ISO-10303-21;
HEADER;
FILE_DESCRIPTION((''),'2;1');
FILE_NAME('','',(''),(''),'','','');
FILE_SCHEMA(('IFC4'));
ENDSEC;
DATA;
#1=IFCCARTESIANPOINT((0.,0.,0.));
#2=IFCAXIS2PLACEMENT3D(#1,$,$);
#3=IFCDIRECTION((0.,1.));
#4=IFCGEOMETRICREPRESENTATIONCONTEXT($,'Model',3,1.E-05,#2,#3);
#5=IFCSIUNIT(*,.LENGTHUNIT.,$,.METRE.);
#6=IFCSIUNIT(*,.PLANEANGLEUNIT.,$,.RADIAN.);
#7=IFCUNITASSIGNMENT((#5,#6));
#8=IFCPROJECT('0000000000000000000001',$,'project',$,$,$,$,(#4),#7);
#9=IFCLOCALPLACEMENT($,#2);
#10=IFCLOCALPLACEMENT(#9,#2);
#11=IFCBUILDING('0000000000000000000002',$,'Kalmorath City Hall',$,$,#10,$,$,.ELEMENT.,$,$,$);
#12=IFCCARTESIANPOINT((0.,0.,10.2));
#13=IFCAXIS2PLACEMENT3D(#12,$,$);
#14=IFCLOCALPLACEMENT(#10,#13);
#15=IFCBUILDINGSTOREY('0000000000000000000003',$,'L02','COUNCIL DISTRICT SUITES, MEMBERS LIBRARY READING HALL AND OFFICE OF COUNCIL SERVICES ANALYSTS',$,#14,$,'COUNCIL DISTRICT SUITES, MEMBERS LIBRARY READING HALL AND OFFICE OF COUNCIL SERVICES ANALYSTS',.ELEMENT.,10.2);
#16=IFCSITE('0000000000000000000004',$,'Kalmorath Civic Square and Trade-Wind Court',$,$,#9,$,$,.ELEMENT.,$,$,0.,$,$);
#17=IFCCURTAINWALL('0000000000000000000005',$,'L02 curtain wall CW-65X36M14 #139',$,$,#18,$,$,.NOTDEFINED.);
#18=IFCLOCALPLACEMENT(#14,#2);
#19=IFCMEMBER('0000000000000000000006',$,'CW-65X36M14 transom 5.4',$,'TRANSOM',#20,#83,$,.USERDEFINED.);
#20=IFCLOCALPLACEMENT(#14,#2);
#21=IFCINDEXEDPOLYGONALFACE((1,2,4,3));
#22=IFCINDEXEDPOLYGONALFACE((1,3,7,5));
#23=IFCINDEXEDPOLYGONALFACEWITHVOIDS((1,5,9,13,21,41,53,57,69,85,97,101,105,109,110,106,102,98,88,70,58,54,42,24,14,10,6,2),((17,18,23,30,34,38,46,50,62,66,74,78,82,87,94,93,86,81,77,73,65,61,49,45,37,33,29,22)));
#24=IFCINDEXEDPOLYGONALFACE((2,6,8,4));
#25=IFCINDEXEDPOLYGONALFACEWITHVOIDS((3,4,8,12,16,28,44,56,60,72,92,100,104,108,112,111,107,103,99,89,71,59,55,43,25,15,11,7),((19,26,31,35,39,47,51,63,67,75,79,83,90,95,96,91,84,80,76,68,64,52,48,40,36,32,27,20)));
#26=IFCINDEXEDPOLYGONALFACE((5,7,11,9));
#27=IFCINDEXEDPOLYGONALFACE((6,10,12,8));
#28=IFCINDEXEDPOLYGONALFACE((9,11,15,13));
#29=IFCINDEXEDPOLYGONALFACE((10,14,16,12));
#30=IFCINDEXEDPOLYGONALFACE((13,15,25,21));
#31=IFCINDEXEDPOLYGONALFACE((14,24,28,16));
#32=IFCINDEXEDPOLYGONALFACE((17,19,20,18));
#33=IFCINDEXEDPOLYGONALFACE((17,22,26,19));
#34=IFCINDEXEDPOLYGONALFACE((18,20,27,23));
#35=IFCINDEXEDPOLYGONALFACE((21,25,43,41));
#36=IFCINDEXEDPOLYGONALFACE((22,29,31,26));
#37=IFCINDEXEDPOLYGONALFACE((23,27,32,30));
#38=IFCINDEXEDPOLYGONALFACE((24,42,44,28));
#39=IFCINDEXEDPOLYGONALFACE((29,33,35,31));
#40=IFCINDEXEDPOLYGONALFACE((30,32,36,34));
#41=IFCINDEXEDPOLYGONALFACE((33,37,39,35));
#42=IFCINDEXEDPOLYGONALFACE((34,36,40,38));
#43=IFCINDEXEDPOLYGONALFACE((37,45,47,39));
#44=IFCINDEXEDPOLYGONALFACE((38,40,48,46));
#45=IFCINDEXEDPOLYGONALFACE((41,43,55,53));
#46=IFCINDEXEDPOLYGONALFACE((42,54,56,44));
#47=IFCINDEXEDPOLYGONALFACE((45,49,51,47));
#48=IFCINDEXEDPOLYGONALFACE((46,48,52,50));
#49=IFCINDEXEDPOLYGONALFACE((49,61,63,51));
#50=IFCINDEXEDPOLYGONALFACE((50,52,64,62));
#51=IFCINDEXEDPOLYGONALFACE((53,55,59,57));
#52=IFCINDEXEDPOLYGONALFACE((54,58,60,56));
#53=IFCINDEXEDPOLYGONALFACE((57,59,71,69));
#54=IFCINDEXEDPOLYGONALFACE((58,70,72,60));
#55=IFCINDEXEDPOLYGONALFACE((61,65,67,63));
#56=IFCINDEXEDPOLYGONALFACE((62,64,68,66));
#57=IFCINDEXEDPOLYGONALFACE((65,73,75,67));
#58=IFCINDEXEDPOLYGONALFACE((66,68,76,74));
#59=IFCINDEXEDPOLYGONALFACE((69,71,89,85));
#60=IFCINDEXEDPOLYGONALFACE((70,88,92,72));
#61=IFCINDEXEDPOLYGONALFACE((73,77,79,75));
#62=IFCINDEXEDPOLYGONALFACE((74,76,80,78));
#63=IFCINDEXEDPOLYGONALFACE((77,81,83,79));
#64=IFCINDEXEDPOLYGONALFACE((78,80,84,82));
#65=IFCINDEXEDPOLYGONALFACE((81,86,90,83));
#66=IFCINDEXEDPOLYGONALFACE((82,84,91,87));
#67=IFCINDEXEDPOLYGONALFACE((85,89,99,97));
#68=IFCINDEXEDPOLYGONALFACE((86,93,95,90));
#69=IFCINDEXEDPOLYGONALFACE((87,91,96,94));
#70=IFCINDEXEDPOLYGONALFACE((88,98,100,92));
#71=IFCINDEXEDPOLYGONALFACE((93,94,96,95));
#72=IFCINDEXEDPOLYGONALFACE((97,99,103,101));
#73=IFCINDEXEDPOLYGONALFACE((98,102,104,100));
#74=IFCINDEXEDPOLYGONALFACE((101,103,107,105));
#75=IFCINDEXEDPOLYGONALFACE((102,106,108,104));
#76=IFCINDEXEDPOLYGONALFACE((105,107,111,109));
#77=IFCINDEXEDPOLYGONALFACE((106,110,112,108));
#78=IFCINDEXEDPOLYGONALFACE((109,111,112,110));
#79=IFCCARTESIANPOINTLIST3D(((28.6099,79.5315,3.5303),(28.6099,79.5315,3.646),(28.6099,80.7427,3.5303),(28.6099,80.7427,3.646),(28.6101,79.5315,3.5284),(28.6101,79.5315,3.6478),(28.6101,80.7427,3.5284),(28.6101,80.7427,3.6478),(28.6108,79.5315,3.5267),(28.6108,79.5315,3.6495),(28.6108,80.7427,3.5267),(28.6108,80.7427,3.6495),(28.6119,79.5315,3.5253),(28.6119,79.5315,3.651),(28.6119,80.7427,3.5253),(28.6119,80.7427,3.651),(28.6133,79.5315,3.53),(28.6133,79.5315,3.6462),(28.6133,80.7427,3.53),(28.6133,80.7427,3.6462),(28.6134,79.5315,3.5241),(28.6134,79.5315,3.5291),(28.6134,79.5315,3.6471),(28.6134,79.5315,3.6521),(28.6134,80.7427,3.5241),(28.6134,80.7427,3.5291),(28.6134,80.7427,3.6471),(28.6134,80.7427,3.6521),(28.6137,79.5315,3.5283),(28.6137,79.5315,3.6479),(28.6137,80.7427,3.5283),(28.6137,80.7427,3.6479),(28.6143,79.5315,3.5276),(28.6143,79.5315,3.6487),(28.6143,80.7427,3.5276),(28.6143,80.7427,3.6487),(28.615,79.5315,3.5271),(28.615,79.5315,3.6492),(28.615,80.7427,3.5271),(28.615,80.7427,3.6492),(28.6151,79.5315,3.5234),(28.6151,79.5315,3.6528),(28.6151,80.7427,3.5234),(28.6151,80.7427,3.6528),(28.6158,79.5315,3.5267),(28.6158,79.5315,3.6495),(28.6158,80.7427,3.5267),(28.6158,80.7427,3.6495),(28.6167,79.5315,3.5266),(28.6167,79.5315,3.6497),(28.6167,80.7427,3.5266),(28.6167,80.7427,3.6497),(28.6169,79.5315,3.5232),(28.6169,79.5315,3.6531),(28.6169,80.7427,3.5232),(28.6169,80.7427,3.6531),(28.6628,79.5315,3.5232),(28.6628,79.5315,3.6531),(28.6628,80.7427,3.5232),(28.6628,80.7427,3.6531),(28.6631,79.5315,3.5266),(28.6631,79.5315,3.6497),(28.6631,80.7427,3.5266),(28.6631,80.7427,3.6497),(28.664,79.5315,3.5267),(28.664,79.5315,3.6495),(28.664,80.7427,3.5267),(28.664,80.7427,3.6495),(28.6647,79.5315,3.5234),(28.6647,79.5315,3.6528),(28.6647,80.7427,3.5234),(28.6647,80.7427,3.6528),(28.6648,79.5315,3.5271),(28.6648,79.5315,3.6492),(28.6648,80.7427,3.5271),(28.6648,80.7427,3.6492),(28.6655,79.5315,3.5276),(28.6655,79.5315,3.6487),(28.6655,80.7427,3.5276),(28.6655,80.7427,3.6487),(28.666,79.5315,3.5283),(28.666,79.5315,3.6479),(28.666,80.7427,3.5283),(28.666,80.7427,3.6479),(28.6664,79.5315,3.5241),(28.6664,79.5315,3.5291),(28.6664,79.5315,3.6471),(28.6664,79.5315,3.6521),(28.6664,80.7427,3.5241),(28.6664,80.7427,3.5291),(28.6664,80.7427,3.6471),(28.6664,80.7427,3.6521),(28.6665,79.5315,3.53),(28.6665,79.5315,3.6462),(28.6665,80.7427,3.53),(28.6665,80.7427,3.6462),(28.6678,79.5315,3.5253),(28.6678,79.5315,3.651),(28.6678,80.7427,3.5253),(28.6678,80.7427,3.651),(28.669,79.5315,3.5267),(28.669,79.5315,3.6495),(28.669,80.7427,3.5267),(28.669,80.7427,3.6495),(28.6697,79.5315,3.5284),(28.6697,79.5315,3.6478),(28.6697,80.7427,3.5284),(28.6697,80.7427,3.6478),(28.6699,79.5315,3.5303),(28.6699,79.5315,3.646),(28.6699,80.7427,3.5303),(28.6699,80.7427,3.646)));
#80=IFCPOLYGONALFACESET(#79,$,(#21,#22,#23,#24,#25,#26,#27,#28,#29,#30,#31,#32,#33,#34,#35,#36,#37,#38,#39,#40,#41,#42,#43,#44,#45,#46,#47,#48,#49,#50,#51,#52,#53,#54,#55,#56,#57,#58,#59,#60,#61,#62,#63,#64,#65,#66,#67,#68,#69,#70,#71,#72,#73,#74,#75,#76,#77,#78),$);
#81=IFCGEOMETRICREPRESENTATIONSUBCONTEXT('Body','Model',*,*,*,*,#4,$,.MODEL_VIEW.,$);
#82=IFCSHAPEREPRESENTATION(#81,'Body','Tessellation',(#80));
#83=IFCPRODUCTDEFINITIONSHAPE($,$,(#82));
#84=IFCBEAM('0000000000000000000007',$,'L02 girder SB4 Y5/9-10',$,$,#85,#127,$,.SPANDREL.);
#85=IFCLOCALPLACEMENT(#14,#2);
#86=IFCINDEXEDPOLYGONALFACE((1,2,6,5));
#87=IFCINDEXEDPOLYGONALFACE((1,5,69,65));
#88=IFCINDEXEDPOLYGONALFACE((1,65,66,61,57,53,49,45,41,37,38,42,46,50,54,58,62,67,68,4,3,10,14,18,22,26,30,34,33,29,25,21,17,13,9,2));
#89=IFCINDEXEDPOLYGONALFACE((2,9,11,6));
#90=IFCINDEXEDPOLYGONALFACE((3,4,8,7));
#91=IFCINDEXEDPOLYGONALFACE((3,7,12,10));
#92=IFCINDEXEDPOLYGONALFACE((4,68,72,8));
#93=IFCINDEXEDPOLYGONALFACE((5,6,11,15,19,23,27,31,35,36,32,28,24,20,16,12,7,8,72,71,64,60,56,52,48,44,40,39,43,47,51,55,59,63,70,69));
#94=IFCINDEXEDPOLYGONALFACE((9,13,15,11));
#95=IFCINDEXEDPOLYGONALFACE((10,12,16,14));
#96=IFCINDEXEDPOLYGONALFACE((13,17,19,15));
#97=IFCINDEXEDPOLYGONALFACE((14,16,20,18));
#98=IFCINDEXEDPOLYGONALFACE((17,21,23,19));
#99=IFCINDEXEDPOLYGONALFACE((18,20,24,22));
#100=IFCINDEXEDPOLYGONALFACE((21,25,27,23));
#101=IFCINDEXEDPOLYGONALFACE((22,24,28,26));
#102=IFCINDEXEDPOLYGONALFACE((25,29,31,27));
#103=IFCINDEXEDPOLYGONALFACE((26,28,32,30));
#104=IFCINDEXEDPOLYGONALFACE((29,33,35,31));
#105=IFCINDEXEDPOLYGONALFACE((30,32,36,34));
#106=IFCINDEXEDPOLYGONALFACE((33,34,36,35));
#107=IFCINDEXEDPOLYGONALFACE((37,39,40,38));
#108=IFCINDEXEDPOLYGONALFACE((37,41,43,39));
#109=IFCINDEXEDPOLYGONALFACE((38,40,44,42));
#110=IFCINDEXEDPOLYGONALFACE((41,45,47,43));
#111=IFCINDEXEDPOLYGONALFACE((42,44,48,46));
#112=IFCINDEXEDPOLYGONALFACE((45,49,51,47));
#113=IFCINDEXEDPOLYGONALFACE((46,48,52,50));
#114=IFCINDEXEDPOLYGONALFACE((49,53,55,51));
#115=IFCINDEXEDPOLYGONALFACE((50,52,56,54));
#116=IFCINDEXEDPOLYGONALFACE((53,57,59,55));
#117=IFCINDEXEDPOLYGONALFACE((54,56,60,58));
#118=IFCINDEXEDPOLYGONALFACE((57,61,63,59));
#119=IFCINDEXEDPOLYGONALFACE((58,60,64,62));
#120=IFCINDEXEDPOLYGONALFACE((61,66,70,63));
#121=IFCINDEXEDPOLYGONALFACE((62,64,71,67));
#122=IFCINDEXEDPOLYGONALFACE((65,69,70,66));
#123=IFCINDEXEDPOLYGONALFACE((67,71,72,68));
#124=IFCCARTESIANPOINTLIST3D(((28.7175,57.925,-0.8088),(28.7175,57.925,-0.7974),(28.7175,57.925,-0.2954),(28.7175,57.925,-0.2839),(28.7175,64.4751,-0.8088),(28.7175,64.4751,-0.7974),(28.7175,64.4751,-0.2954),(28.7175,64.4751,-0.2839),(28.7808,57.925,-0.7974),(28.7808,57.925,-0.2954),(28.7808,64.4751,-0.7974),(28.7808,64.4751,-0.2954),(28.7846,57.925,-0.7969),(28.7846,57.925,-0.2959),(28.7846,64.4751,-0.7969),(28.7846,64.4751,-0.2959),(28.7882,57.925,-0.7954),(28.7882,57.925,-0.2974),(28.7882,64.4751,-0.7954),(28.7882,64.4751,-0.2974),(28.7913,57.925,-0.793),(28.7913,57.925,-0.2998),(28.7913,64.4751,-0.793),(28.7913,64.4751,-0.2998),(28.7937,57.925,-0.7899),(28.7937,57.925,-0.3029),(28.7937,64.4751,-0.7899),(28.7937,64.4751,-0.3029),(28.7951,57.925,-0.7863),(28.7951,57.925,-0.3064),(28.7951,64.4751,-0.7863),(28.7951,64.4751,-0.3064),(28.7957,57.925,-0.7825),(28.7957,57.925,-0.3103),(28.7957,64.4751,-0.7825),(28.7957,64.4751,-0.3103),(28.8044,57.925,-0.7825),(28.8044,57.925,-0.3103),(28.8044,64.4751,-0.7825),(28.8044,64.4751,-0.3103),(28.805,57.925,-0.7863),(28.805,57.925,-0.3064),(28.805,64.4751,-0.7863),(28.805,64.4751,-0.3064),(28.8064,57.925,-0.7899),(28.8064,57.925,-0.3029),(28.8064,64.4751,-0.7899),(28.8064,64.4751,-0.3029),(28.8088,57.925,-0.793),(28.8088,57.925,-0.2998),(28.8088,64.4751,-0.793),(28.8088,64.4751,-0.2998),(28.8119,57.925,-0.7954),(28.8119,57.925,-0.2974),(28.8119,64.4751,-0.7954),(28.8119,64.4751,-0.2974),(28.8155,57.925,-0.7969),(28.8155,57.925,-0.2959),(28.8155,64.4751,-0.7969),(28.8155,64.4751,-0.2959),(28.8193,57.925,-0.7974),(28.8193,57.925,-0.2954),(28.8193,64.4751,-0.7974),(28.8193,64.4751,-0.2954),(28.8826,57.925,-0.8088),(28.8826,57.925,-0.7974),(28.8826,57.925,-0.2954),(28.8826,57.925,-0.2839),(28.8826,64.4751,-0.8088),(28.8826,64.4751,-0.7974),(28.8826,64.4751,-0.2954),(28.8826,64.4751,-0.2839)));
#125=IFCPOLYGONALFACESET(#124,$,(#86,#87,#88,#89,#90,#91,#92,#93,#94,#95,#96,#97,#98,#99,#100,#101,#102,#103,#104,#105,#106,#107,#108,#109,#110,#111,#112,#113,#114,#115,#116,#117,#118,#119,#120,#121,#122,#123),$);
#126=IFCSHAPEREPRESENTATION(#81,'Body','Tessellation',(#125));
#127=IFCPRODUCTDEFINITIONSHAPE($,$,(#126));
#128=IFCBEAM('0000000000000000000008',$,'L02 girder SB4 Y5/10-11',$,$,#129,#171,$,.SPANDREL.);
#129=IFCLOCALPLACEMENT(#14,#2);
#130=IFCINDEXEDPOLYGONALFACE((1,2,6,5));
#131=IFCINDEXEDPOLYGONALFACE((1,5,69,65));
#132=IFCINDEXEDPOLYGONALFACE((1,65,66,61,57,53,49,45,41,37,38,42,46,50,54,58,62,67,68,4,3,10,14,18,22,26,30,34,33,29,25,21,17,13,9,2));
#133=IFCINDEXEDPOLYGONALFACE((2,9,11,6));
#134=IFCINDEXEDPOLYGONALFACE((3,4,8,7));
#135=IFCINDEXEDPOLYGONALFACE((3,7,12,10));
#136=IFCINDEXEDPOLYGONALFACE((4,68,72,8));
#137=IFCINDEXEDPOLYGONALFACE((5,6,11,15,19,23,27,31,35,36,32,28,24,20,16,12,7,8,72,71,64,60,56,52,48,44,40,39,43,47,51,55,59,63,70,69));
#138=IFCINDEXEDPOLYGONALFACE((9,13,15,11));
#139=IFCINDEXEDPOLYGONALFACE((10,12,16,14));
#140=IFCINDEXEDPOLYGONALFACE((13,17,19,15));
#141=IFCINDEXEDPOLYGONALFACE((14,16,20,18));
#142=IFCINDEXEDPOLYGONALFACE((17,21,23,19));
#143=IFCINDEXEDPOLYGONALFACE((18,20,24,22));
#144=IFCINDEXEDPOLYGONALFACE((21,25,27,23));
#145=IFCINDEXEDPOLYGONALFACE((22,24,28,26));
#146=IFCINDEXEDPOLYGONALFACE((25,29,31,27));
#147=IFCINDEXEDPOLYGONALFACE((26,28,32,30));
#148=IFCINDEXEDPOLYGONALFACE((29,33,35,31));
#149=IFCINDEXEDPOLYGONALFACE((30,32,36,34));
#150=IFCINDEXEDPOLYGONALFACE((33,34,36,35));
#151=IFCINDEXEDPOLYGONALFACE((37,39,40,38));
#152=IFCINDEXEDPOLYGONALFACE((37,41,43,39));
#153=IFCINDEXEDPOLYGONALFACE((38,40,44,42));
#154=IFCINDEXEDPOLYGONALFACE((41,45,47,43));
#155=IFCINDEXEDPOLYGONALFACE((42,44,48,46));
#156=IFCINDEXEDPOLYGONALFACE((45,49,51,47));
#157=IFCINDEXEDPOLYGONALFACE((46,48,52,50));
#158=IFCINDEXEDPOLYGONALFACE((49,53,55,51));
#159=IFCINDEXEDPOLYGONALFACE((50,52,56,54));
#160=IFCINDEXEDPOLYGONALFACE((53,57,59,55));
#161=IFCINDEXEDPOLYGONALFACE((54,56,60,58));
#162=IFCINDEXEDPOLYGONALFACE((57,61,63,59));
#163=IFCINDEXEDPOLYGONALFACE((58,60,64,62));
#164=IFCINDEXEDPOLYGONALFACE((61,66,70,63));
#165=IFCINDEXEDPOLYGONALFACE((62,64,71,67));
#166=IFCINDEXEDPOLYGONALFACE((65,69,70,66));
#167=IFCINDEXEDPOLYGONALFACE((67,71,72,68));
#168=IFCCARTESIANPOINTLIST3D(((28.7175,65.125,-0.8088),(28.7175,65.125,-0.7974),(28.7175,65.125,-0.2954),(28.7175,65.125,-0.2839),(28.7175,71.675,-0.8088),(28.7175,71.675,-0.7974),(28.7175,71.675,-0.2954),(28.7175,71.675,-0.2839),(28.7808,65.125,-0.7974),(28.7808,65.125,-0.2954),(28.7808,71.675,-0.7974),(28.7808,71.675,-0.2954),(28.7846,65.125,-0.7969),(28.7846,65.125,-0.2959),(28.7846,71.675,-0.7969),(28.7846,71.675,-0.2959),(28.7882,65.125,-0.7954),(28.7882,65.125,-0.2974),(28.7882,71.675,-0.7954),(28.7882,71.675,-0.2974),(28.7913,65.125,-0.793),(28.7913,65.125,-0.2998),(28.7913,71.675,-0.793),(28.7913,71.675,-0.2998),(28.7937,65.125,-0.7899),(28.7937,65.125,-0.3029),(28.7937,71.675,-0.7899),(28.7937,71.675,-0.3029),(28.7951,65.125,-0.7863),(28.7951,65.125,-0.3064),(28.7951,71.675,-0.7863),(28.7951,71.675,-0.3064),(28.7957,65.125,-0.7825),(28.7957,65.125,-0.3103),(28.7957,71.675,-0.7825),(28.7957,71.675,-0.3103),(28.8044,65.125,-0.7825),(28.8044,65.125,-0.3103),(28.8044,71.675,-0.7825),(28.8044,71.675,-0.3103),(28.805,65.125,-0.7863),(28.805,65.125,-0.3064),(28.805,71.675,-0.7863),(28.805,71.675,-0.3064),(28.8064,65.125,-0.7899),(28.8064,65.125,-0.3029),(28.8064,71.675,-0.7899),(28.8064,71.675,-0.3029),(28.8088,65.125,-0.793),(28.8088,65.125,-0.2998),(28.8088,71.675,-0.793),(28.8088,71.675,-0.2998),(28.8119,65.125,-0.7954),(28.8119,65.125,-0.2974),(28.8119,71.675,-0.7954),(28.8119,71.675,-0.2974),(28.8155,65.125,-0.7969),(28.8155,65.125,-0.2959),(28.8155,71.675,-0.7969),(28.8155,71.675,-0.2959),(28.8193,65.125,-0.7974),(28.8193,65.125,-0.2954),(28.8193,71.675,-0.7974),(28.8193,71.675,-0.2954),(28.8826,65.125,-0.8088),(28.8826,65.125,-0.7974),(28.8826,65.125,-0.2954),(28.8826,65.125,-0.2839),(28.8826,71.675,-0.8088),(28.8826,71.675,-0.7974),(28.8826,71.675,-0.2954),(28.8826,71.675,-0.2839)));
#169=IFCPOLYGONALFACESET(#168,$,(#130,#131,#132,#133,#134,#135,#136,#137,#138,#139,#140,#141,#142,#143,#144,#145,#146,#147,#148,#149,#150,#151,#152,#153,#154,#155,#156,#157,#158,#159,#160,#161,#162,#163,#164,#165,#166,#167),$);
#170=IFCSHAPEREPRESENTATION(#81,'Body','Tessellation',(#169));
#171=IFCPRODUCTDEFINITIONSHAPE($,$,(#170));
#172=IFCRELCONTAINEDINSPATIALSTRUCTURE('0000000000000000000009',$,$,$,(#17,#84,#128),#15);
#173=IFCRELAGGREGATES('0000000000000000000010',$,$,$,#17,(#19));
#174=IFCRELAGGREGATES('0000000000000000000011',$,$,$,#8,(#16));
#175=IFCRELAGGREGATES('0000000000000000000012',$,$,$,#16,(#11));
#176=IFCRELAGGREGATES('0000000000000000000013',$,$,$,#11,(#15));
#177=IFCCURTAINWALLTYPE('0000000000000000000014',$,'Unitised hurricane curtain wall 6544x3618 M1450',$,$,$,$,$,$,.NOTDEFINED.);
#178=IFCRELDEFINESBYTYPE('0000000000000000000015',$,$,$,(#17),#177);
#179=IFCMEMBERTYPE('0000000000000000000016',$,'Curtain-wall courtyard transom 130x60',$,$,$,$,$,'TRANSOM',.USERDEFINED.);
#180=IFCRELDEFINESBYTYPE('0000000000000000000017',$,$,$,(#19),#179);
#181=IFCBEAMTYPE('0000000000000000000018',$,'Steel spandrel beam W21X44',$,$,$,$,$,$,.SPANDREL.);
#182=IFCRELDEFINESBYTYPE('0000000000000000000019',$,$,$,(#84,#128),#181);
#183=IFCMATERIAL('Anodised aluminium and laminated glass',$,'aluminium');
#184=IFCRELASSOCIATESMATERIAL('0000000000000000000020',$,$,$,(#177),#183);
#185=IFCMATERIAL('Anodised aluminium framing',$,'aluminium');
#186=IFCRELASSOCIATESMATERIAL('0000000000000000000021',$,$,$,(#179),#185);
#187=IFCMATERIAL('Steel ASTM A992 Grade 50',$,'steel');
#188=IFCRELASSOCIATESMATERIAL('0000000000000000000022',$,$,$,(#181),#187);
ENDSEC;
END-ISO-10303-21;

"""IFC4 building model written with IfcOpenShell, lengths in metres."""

from ifc_helpers import new_model, si_unit, direction, frame, origin, origin_2d, place, context, subcontext, project, spatial, hollow_rectangle, i_section, extrude, material, material_profile, profile_set, type_object, element, aggregate, save


model = new_model("IFC4")

# Units and contexts
model_context = context("Model", 3, precision=1e-05, world=origin(), true_north=direction((0.0, 1.0)))
body_context = subcontext(model_context, "Body", "Model", "MODEL_VIEW")
ifc_project = project(units=[si_unit("LENGTHUNIT", "METRE"), si_unit("PLANEANGLEUNIT", "RADIAN")], contexts=[model_context])

# Site, building, storey
site_placement = place(None, origin())
site = spatial("IfcSite", under=ifc_project, at=site_placement, Name="Kalmorath Civic Square and Trade-Wind Court", CompositionType="ELEMENT", RefElevation=0.0)
building_placement = place(site_placement, origin())
building = spatial("IfcBuilding", under=site, at=building_placement, Name="Kalmorath City Hall", CompositionType="ELEMENT")
storey_placement = place(building_placement, frame((0.0, 0.0, 10.2)))
storey = spatial("IfcBuildingStorey", under=building, at=storey_placement, Name="L02", Description="COUNCIL DISTRICT SUITES, MEMBERS LIBRARY READING HALL AND OFFICE OF COUNCIL SERVICES ANALYSTS", LongName="COUNCIL DISTRICT SUITES, MEMBERS LIBRARY READING HALL AND OFFICE OF COUNCIL SERVICES ANALYSTS", CompositionType="ELEMENT", Elevation=10.2)

# Curtain wall, member
ifc_material_1 = material(Name="Anodised aluminium and laminated glass", Category="aluminium")
curtain_wall_type = type_object("IfcCurtainWallType", Name="Unitised hurricane curtain wall 6544x3618 M1450", PredefinedType="NOTDEFINED", material=ifc_material_1)
curtain_wall_placement = place(storey_placement, origin())
curtain_wall = element("IfcCurtainWall", 1, at=curtain_wall_placement, inside=storey, type_object=curtain_wall_type, Name="L02 curtain wall CW-65X36M14 #139", PredefinedType="NOTDEFINED")
ifc_material_2 = material(Name="Anodised aluminium framing", Category="aluminium")
ifc_material_profile_1 = material_profile(ifc_material_2, hollow_rectangle(XDim=0.0601, YDim=0.1299, WallThickness=0.0034, InnerFilletRadius=0.0034, OuterFilletRadius=0.0071, at=origin_2d()), Name="ALU-TRN-130X60X3.5")
ifc_profile_set_1 = profile_set([ifc_material_profile_1], Name="Anodised aluminium framing")
member_type_1 = type_object("IfcMemberType", Name="Curtain-wall courtyard transom 130x60", ElementType="TRANSOM", PredefinedType="USERDEFINED", material=ifc_profile_set_1)
member_1_placement = place(storey_placement, frame((28.6399, 80.7427, 3.5881), z_axis=(0.0, -1.0, 0.0), x_axis=(1.0, 0.0, 0.0)))
member_1 = element("IfcMember", 2, at=member_1_placement, type_object=member_type_1, Name="CW-65X36M14 transom 5.4", ObjectType="TRANSOM", PredefinedType="USERDEFINED", context=body_context, shape_type="SweptSolid", body=[
    extrude(hollow_rectangle(XDim=0.0601, YDim=0.1299, WallThickness=0.0034, InnerFilletRadius=0.0034, OuterFilletRadius=0.0071, at=origin_2d()), origin(), (0.0, 0.0, 1.0), 1.2112),
])

# Beams
ifc_material_3 = material(Name="Steel ASTM A992 Grade 50", Category="steel")
ifc_material_profile_2 = material_profile(ifc_material_3, i_section(OverallWidth=0.165, OverallDepth=0.5249, WebThickness=0.0088, FlangeThickness=0.0115, FilletRadius=0.0149, at=origin_2d()), Name="W21X44")
ifc_profile_set_2 = profile_set([ifc_material_profile_2], Name="Steel ASTM A992 Grade 50")
beam_type = type_object("IfcBeamType", Name="Steel spandrel beam W21X44", PredefinedType="SPANDREL", material=ifc_profile_set_2)
for number, where, z_axis, x_axis, name in (
    (3, (28.8, 57.925, -0.5464), (0.0, 1.0, 0.0), (-1.0, 0.0, 0.0), "L02 girder SB4 Y5/9-10"),
    (4, (28.8, 65.125, -0.5464), (0.0, 1.0, 0.0), (-1.0, 0.0, 0.0), "L02 girder SB4 Y5/10-11"),
):
    element("IfcBeam", number, at=place(storey_placement, frame(where, z_axis=z_axis, x_axis=x_axis)), inside=storey, type_object=beam_type, Name=name, PredefinedType="SPANDREL", context=body_context, shape_type="SweptSolid", body=[
        extrude(i_section(OverallWidth=0.165, OverallDepth=0.5249, WebThickness=0.0088, FlangeThickness=0.0115, FilletRadius=0.0149, at=origin_2d()), origin(), (0.0, 0.0, 1.0), 6.55),
    ])

aggregate(curtain_wall, [member_1])

save(model, "model.ifc")
